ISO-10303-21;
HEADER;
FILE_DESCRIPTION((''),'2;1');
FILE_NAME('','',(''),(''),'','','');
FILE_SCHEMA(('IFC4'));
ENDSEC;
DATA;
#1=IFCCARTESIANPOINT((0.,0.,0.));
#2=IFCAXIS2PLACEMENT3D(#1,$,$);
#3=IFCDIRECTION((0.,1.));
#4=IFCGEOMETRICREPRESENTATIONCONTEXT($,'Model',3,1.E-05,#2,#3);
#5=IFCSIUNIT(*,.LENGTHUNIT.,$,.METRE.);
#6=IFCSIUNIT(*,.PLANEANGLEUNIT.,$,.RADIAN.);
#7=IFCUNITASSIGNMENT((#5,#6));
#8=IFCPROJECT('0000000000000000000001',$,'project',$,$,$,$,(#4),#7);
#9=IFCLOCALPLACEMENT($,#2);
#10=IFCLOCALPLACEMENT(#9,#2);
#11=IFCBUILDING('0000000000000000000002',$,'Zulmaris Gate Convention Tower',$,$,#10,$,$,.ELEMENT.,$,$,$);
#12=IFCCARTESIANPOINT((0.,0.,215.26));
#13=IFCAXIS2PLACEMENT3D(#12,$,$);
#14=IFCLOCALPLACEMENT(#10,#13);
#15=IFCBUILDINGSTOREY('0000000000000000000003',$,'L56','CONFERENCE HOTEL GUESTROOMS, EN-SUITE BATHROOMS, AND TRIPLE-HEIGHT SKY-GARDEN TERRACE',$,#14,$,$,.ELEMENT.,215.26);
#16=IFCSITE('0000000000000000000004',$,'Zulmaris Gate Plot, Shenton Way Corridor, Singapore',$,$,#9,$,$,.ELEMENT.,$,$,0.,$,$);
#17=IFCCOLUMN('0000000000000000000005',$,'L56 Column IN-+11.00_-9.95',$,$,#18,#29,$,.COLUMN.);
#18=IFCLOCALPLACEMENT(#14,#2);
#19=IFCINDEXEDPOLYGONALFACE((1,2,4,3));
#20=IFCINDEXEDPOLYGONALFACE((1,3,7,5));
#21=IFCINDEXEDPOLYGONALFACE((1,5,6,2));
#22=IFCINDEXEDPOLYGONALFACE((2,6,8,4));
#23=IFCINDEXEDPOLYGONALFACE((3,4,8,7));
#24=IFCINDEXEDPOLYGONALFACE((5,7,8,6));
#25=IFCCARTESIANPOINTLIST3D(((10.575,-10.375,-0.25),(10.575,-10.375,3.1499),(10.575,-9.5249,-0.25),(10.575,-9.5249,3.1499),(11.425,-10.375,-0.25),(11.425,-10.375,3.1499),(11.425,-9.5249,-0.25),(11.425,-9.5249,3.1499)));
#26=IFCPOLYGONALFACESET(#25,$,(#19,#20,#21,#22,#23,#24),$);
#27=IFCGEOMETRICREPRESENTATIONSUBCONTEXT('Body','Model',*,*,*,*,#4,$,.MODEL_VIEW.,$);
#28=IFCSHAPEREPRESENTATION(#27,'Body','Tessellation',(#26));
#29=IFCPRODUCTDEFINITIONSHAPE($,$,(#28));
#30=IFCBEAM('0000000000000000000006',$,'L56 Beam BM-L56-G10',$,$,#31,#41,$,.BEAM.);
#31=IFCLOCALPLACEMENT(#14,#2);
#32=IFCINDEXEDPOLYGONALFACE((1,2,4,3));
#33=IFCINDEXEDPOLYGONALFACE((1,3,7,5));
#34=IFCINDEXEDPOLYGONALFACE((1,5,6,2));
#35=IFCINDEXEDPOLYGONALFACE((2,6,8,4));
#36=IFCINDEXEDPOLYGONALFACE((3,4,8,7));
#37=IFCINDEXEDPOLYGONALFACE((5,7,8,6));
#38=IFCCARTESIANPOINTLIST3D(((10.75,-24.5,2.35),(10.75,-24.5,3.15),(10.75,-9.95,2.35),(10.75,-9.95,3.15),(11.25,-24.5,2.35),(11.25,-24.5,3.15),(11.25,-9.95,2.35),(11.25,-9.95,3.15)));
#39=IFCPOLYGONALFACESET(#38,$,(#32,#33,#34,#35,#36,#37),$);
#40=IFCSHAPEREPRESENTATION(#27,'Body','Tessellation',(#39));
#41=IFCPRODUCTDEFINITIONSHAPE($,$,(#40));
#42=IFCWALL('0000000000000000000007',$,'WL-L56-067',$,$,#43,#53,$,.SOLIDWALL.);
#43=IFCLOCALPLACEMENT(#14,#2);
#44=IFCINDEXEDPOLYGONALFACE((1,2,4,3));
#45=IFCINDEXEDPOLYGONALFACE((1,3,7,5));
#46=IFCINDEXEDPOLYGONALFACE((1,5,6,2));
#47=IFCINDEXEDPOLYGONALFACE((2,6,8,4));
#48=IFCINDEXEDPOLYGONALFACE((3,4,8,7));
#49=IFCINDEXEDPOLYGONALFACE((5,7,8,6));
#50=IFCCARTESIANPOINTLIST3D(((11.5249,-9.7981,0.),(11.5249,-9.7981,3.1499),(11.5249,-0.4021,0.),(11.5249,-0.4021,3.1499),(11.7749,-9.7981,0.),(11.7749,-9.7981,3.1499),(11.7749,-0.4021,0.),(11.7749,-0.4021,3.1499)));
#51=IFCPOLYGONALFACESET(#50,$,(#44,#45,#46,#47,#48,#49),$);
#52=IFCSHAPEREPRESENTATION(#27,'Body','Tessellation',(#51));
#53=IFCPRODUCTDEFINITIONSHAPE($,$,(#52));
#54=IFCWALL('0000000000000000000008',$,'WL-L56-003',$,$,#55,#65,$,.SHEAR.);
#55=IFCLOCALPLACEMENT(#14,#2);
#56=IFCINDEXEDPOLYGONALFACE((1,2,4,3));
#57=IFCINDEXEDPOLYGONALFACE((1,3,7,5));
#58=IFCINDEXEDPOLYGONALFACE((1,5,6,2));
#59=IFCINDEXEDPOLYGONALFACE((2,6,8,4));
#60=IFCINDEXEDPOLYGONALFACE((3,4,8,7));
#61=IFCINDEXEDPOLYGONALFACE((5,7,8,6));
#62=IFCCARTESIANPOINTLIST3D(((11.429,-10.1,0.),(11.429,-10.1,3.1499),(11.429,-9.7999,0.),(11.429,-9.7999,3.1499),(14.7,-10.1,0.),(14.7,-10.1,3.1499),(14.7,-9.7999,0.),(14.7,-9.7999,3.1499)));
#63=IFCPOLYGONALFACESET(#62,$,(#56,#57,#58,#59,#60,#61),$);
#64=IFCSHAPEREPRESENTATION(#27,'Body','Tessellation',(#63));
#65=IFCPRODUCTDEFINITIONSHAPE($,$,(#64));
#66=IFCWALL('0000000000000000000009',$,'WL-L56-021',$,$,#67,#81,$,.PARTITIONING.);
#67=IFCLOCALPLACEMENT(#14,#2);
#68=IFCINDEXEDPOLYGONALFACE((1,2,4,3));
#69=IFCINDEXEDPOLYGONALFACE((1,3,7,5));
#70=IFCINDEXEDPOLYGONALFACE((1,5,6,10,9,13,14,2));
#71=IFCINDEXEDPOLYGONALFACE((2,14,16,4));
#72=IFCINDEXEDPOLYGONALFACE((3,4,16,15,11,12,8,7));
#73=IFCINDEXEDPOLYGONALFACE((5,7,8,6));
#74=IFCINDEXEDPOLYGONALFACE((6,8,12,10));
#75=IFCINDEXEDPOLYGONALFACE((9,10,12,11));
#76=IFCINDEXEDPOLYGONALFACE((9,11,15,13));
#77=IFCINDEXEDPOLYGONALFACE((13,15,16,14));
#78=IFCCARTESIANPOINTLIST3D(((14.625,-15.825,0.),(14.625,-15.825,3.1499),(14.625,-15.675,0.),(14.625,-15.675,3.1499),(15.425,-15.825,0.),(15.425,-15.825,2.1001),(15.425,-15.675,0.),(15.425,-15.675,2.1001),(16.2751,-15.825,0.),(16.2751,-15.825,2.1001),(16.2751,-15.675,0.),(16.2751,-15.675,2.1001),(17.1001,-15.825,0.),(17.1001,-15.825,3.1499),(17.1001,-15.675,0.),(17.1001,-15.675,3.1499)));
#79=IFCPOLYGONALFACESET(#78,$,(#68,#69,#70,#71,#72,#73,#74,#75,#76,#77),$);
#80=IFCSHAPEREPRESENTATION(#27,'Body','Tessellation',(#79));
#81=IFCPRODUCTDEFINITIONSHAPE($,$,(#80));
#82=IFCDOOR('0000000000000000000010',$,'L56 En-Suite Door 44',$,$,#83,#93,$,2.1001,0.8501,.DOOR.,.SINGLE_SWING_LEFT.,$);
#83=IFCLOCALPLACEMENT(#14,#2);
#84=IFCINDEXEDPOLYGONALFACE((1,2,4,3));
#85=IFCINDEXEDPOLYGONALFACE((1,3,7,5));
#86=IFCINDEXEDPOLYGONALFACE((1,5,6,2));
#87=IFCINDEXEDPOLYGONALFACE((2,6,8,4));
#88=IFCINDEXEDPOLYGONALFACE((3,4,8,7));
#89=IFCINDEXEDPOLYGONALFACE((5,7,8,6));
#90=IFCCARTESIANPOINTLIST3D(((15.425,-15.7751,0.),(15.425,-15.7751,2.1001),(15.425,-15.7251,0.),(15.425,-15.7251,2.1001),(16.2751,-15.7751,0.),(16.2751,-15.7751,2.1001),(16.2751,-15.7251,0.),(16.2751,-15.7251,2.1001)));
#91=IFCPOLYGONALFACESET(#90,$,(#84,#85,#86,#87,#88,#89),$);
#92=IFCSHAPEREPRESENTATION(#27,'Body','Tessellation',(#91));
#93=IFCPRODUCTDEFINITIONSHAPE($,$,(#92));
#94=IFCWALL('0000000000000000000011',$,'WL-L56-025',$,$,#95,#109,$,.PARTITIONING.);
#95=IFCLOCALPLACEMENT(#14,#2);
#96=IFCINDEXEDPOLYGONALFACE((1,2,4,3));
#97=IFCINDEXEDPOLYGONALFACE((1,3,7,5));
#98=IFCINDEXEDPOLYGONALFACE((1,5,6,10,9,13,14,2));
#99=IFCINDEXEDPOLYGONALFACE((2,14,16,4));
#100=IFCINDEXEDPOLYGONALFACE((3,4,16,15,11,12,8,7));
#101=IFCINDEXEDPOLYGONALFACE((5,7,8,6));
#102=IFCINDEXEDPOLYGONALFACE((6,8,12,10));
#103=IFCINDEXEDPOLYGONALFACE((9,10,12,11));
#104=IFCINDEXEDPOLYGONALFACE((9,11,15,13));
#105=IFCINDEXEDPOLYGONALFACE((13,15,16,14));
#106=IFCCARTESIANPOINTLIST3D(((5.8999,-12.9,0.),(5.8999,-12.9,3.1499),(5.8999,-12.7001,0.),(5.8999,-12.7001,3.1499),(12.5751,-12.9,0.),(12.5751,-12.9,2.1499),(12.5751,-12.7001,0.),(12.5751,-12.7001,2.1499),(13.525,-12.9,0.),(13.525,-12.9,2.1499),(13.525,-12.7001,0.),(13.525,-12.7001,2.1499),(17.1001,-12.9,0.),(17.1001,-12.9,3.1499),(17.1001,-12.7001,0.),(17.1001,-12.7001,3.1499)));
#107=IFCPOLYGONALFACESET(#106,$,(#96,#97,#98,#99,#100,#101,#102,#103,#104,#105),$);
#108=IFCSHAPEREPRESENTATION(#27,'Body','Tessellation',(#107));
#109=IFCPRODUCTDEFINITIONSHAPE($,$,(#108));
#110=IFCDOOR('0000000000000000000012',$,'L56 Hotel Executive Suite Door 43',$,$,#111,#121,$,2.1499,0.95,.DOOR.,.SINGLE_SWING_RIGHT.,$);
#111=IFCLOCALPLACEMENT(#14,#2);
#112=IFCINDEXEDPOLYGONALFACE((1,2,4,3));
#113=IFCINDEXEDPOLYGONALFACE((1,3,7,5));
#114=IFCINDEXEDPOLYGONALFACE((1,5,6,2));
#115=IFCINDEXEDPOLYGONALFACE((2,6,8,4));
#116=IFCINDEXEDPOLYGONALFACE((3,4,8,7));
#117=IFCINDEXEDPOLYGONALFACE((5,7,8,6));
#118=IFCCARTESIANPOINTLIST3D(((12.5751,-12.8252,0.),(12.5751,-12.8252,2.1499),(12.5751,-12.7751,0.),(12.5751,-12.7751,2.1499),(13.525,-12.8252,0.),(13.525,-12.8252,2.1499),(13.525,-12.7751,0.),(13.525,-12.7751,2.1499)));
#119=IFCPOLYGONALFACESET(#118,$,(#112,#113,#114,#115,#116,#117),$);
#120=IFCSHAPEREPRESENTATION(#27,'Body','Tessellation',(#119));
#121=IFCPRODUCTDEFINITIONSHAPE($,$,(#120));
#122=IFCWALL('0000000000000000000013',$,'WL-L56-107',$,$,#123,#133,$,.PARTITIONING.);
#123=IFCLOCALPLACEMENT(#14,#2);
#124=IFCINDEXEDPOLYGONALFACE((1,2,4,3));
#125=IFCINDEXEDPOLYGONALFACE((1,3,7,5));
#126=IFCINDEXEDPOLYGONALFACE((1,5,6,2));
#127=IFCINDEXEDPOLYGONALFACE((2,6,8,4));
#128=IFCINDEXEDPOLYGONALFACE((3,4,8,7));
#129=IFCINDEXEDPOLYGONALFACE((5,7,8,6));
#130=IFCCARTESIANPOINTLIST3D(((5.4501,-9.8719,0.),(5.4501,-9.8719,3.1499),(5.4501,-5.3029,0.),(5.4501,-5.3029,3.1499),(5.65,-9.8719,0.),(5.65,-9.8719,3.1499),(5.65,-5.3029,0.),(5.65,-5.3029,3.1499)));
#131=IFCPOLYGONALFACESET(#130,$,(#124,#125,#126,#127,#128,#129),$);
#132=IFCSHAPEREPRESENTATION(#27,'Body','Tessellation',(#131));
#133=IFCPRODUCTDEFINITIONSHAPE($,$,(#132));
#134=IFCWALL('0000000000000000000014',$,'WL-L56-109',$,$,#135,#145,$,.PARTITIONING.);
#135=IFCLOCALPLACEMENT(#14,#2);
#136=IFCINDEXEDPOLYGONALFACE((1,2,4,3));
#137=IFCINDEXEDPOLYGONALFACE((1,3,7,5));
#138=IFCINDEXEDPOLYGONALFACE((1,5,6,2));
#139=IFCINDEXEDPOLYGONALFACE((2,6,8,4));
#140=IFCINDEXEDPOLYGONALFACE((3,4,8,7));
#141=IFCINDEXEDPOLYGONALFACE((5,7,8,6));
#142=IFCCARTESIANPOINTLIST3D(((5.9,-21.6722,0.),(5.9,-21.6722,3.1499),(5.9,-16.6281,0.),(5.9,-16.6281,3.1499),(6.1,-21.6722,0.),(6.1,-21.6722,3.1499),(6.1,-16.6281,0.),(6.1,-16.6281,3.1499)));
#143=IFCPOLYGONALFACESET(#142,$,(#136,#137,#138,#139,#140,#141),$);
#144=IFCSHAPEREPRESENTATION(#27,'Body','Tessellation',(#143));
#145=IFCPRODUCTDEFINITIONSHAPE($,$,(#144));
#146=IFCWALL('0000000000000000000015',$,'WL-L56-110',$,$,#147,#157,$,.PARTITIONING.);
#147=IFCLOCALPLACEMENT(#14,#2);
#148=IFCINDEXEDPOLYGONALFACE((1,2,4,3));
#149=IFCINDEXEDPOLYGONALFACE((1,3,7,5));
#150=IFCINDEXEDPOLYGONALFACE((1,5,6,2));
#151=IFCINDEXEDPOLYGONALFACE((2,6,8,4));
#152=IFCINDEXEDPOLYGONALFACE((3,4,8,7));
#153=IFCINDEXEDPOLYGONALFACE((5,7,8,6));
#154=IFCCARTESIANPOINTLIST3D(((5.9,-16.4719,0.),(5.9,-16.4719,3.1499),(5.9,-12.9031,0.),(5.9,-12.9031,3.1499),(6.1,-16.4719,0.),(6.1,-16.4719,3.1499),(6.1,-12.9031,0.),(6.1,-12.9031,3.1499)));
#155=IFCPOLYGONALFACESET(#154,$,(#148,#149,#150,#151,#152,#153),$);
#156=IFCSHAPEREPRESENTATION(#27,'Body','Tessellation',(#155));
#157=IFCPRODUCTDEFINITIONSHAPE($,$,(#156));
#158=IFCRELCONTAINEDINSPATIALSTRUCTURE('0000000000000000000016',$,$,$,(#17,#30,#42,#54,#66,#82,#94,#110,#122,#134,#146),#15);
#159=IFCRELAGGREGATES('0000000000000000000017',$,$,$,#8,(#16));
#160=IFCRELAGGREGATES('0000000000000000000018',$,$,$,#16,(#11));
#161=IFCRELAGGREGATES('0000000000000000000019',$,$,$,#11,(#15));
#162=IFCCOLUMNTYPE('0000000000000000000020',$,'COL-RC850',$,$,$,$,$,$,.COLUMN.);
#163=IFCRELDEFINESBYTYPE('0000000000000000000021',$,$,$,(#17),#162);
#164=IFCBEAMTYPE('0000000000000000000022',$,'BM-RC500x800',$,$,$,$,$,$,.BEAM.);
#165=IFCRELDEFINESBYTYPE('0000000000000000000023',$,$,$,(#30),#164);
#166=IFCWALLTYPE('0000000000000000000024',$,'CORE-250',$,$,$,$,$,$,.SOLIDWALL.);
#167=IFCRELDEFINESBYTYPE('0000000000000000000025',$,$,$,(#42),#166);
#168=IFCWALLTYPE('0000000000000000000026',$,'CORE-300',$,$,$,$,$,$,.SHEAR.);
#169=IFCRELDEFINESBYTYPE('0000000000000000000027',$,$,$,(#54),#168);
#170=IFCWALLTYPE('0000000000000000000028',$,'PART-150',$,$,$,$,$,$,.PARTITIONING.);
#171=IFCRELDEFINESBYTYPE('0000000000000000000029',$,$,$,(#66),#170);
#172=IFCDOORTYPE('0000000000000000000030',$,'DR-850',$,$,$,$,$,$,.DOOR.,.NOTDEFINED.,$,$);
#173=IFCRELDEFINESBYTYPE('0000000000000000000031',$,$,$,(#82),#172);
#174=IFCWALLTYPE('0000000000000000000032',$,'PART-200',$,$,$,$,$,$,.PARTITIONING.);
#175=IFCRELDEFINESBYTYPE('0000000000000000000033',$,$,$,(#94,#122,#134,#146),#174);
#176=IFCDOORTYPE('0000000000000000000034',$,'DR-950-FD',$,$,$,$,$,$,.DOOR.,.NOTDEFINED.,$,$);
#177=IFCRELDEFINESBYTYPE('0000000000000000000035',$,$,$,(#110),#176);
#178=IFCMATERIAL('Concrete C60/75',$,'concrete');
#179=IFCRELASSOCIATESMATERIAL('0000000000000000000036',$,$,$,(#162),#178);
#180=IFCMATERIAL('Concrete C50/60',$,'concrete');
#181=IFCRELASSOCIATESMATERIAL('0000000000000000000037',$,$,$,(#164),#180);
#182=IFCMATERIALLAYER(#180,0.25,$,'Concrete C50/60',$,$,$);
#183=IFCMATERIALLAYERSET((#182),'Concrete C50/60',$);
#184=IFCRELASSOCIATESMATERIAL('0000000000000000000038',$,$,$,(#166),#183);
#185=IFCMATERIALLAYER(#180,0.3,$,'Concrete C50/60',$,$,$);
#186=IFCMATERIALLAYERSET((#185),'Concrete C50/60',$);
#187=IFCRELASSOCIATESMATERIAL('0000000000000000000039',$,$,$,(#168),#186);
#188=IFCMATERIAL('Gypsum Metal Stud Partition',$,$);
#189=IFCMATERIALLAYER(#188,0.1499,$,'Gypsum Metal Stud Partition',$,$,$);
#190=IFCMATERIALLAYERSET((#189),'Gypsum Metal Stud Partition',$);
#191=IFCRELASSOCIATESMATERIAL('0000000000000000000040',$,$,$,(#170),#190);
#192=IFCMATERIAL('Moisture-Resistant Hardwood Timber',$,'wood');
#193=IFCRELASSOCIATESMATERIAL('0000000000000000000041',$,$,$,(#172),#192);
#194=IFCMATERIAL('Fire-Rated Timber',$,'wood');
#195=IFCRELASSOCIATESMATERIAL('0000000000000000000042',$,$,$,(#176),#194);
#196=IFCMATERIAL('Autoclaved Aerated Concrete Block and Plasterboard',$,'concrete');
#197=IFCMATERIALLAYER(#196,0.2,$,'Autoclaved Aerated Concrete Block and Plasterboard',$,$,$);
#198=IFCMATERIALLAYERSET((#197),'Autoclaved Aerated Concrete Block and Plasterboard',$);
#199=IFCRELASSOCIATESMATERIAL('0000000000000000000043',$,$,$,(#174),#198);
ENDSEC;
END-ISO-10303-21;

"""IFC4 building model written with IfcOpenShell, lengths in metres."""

from ifc_helpers import new_model, si_unit, direction, frame, frame_2d, origin, origin_2d, place, context, subcontext, project, spatial, rectangle, extrude, material, layer, layer_set, material_profile, profile_set, type_object, element, fill, save


model = new_model("IFC4")

# Units and contexts
model_context = context("Model", 3, precision=1e-05, world=origin(), true_north=direction((0.0, 1.0)))
body_context = subcontext(model_context, "Body", "Model", "MODEL_VIEW")
ifc_project = project(units=[si_unit("LENGTHUNIT", "METRE"), si_unit("PLANEANGLEUNIT", "RADIAN")], contexts=[model_context])

# Site, building, storey
site_placement = place(None, origin())
site = spatial("IfcSite", under=ifc_project, at=site_placement, Name="Zulmaris Gate Plot, Shenton Way Corridor, Singapore", CompositionType="ELEMENT", RefElevation=0.0)
building_placement = place(site_placement, origin())
building = spatial("IfcBuilding", under=site, at=building_placement, Name="Zulmaris Gate Convention Tower", CompositionType="ELEMENT")
storey_placement = place(building_placement, frame((0.0, 0.0, 215.26)))
storey = spatial("IfcBuildingStorey", under=building, at=storey_placement, Name="L56", Description="CONFERENCE HOTEL GUESTROOMS, EN-SUITE BATHROOMS, AND TRIPLE-HEIGHT SKY-GARDEN TERRACE", CompositionType="ELEMENT", Elevation=215.26)

# Column
ifc_material_1 = material(Name="Concrete C60/75", Category="concrete")
ifc_material_profile_1 = material_profile(ifc_material_1, rectangle(XDim=0.8501, YDim=0.8501, at=origin_2d()), Name="RC COL 850x850")
ifc_profile_set_1 = profile_set([ifc_material_profile_1], Name="Concrete C60/75")
column_type = type_object("IfcColumnType", Name="COL-RC850", PredefinedType="COLUMN", material=ifc_profile_set_1)
column_placement = place(storey_placement, frame((11.0, -9.95, -0.25), z_axis=(0.0, 0.0, 1.0), x_axis=(1.0, 0.0, 0.0)))
element("IfcColumn", 1, at=column_placement, inside=storey, type_object=column_type, Name="L56 Column IN-+11.00_-9.95", PredefinedType="COLUMN", context=body_context, shape_type="SweptSolid", body=[
    extrude(rectangle(XDim=0.8501, YDim=0.8501, at=origin_2d()), origin(), (0.0, 0.0, 1.0), 3.3999),
])

# Beam
ifc_material_2 = material(Name="Concrete C50/60", Category="concrete")
ifc_material_profile_2 = material_profile(ifc_material_2, rectangle(XDim=0.5, YDim=0.8, at=origin_2d()), Name="RC BEAM 500x800")
ifc_profile_set_2 = profile_set([ifc_material_profile_2], Name="Concrete C50/60")
beam_type = type_object("IfcBeamType", Name="BM-RC500x800", PredefinedType="BEAM", material=ifc_profile_set_2)
beam_placement = place(storey_placement, frame((11.0, -24.5, 2.75), z_axis=(0.0, 1.0, 0.0), x_axis=(-1.0, 0.0, 0.0)))
element("IfcBeam", 2, at=beam_placement, inside=storey, type_object=beam_type, Name="L56 Beam BM-L56-G10", PredefinedType="BEAM", context=body_context, shape_type="SweptSolid", body=[
    extrude(rectangle(XDim=0.5, YDim=0.8, at=origin_2d()), origin(), (0.0, 0.0, 1.0), 14.55),
])

# Walls
ifc_layer_1 = layer(ifc_material_2, 0.25, Name="Concrete C50/60")
ifc_layer_set_1 = layer_set([ifc_layer_1], Name="Concrete C50/60")
wall_type_1 = type_object("IfcWallType", Name="CORE-250", PredefinedType="SOLIDWALL", material=ifc_layer_set_1)
wall_1_placement = place(storey_placement, frame((11.6499, -9.7981, 0.0), z_axis=(0.0, 0.0, 1.0), x_axis=(0.0, 1.0, 0.0)))
element("IfcWall", 3, at=wall_1_placement, inside=storey, type_object=wall_type_1, Name="WL-L56-067", PredefinedType="SOLIDWALL", context=body_context, shape_type="SweptSolid", body=[
    extrude(rectangle(XDim=9.396, YDim=0.25, at=frame_2d((4.698, 0.0))), origin(), (0.0, 0.0, 1.0), 3.1499),
])
ifc_layer_2 = layer(ifc_material_2, 0.3, Name="Concrete C50/60")
ifc_layer_set_2 = layer_set([ifc_layer_2], Name="Concrete C50/60")
wall_type_2 = type_object("IfcWallType", Name="CORE-300", PredefinedType="SHEAR", material=ifc_layer_set_2)
wall_2_placement = place(storey_placement, frame((11.429, -9.95, 0.0), z_axis=(0.0, 0.0, 1.0), x_axis=(1.0, 0.0, 0.0)))
element("IfcWall", 4, at=wall_2_placement, inside=storey, type_object=wall_type_2, Name="WL-L56-003", PredefinedType="SHEAR", context=body_context, shape_type="SweptSolid", body=[
    extrude(rectangle(XDim=3.271, YDim=0.3, at=frame_2d((1.6355, 0.0))), origin(), (0.0, 0.0, 1.0), 3.1499),
])

# Walls, openings, doors
ifc_material_3 = material(Name="Gypsum Metal Stud Partition")
ifc_layer_3 = layer(ifc_material_3, 0.1499, Name="Gypsum Metal Stud Partition")
ifc_layer_set_3 = layer_set([ifc_layer_3], Name="Gypsum Metal Stud Partition")
wall_type_3 = type_object("IfcWallType", Name="PART-150", PredefinedType="PARTITIONING", material=ifc_layer_set_3)
wall_3_placement = place(storey_placement, frame((14.625, -15.75, 0.0), z_axis=(0.0, 0.0, 1.0), x_axis=(1.0, 0.0, 0.0)))
wall_3 = element("IfcWall", 5, at=wall_3_placement, inside=storey, type_object=wall_type_3, Name="WL-L56-021", PredefinedType="PARTITIONING", context=body_context, shape_type="SweptSolid", body=[
    extrude(rectangle(XDim=2.4751, YDim=0.1499, at=frame_2d((1.2375, 0.0))), origin(), (0.0, 0.0, 1.0), 3.1499),
])
opening_1_placement = place(wall_3_placement, frame((0.8, 0.0, 0.0)))
opening_1 = element("IfcOpeningElement", 6, at=opening_1_placement, cuts=wall_3, PredefinedType="OPENING", context=body_context, shape_type="SweptSolid", body=[
    extrude(rectangle(XDim=0.8501, YDim=2.1001, at=frame_2d((0.425, 1.05))), frame((0.0, 0.085, 0.0), z_axis=(0.0, -1.0, 0.0), x_axis=(1.0, 0.0, 0.0)), (0.0, 0.0, 1.0), 0.1699),
])
ifc_material_4 = material(Name="Moisture-Resistant Hardwood Timber", Category="wood")
door_type_1 = type_object("IfcDoorType", Name="DR-850", OperationType="NOTDEFINED", PredefinedType="DOOR", material=ifc_material_4)
door_1_placement = place(opening_1_placement, origin())
door_1 = element("IfcDoor", 7, at=door_1_placement, inside=storey, type_object=door_type_1, Name="L56 En-Suite Door 44", OperationType="SINGLE_SWING_LEFT", OverallHeight=2.1001, OverallWidth=0.8501, PredefinedType="DOOR", context=body_context, shape_type="SweptSolid", body=[
    extrude(rectangle(XDim=0.8501, YDim=2.1001, at=frame_2d((0.425, 1.05))), frame((0.0, 0.0249, 0.0), z_axis=(0.0, -1.0, 0.0), x_axis=(1.0, 0.0, 0.0)), (0.0, 0.0, 1.0), 0.05),
])
fill(opening_1, door_1)
ifc_material_5 = material(Name="Fire-Rated Timber", Category="wood")
door_type_2 = type_object("IfcDoorType", Name="DR-950-FD", OperationType="NOTDEFINED", PredefinedType="DOOR", material=ifc_material_5)
ifc_material_6 = material(Name="Autoclaved Aerated Concrete Block and Plasterboard", Category="concrete")
ifc_layer_4 = layer(ifc_material_6, 0.2, Name="Autoclaved Aerated Concrete Block and Plasterboard")
ifc_layer_set_4 = layer_set([ifc_layer_4], Name="Autoclaved Aerated Concrete Block and Plasterboard")
wall_type_4 = type_object("IfcWallType", Name="PART-200", PredefinedType="PARTITIONING", material=ifc_layer_set_4)
wall_4_placement = place(storey_placement, frame((5.8999, -12.8, 0.0), z_axis=(0.0, 0.0, 1.0), x_axis=(1.0, 0.0, 0.0)))
wall_4 = element("IfcWall", 8, at=wall_4_placement, inside=storey, type_object=wall_type_4, Name="WL-L56-025", PredefinedType="PARTITIONING", context=body_context, shape_type="SweptSolid", body=[
    extrude(rectangle(XDim=11.2002, YDim=0.2, at=frame_2d((5.6001, 0.0))), origin(), (0.0, 0.0, 1.0), 3.1499),
])
opening_2_placement = place(wall_4_placement, frame((6.675, 0.0, 0.0)))
opening_2 = element("IfcOpeningElement", 9, at=opening_2_placement, cuts=wall_4, PredefinedType="OPENING", context=body_context, shape_type="SweptSolid", body=[
    extrude(rectangle(XDim=0.95, YDim=2.1499, at=frame_2d((0.4751, 1.075))), frame((0.0, 0.1099, 0.0), z_axis=(0.0, -1.0, 0.0), x_axis=(1.0, 0.0, 0.0)), (0.0, 0.0, 1.0), 0.22),
])
door_2_placement = place(opening_2_placement, origin())
door_2 = element("IfcDoor", 10, at=door_2_placement, inside=storey, type_object=door_type_2, Name="L56 Hotel Executive Suite Door 43", OperationType="SINGLE_SWING_RIGHT", OverallHeight=2.1499, OverallWidth=0.95, PredefinedType="DOOR", context=body_context, shape_type="SweptSolid", body=[
    extrude(rectangle(XDim=0.95, YDim=2.1499, at=frame_2d((0.4751, 1.075))), frame((0.0, 0.0249, 0.0), z_axis=(0.0, -1.0, 0.0), x_axis=(1.0, 0.0, 0.0)), (0.0, 0.0, 1.0), 0.05),
])
fill(opening_2, door_2)

# Wall
wall_5_placement = place(storey_placement, frame((5.55, -9.8721, 0.0), z_axis=(0.0, 0.0, 1.0), x_axis=(0.0, 1.0, 0.0)))
element("IfcWall", 11, at=wall_5_placement, inside=storey, type_object=wall_type_4, Name="WL-L56-107", PredefinedType="PARTITIONING", context=body_context, shape_type="SweptSolid", body=[
    extrude(rectangle(XDim=4.5691, YDim=0.2, at=frame_2d((2.2847, 0.0))), origin(), (0.0, 0.0, 1.0), 3.1499),
])

# Walls
wall_6_placement = place(storey_placement, frame((6.0, -21.6721, 0.0), z_axis=(0.0, 0.0, 1.0), x_axis=(0.0, 1.0, 0.0)))
element("IfcWall", 12, at=wall_6_placement, inside=storey, type_object=wall_type_4, Name="WL-L56-109", PredefinedType="PARTITIONING", context=body_context, shape_type="SweptSolid", body=[
    extrude(rectangle(XDim=5.0442, YDim=0.2, at=frame_2d((2.522, 0.0))), origin(), (0.0, 0.0, 1.0), 3.1499),
])
wall_7_placement = place(storey_placement, frame((6.0, -16.4719, 0.0), z_axis=(0.0, 0.0, 1.0), x_axis=(0.0, 1.0, 0.0)))
element("IfcWall", 13, at=wall_7_placement, inside=storey, type_object=wall_type_4, Name="WL-L56-110", PredefinedType="PARTITIONING", context=body_context, shape_type="SweptSolid", body=[
    extrude(rectangle(XDim=3.5688, YDim=0.2, at=frame_2d((1.7844, 0.0))), origin(), (0.0, 0.0, 1.0), 3.1499),
])

save(model, "model.ifc")
